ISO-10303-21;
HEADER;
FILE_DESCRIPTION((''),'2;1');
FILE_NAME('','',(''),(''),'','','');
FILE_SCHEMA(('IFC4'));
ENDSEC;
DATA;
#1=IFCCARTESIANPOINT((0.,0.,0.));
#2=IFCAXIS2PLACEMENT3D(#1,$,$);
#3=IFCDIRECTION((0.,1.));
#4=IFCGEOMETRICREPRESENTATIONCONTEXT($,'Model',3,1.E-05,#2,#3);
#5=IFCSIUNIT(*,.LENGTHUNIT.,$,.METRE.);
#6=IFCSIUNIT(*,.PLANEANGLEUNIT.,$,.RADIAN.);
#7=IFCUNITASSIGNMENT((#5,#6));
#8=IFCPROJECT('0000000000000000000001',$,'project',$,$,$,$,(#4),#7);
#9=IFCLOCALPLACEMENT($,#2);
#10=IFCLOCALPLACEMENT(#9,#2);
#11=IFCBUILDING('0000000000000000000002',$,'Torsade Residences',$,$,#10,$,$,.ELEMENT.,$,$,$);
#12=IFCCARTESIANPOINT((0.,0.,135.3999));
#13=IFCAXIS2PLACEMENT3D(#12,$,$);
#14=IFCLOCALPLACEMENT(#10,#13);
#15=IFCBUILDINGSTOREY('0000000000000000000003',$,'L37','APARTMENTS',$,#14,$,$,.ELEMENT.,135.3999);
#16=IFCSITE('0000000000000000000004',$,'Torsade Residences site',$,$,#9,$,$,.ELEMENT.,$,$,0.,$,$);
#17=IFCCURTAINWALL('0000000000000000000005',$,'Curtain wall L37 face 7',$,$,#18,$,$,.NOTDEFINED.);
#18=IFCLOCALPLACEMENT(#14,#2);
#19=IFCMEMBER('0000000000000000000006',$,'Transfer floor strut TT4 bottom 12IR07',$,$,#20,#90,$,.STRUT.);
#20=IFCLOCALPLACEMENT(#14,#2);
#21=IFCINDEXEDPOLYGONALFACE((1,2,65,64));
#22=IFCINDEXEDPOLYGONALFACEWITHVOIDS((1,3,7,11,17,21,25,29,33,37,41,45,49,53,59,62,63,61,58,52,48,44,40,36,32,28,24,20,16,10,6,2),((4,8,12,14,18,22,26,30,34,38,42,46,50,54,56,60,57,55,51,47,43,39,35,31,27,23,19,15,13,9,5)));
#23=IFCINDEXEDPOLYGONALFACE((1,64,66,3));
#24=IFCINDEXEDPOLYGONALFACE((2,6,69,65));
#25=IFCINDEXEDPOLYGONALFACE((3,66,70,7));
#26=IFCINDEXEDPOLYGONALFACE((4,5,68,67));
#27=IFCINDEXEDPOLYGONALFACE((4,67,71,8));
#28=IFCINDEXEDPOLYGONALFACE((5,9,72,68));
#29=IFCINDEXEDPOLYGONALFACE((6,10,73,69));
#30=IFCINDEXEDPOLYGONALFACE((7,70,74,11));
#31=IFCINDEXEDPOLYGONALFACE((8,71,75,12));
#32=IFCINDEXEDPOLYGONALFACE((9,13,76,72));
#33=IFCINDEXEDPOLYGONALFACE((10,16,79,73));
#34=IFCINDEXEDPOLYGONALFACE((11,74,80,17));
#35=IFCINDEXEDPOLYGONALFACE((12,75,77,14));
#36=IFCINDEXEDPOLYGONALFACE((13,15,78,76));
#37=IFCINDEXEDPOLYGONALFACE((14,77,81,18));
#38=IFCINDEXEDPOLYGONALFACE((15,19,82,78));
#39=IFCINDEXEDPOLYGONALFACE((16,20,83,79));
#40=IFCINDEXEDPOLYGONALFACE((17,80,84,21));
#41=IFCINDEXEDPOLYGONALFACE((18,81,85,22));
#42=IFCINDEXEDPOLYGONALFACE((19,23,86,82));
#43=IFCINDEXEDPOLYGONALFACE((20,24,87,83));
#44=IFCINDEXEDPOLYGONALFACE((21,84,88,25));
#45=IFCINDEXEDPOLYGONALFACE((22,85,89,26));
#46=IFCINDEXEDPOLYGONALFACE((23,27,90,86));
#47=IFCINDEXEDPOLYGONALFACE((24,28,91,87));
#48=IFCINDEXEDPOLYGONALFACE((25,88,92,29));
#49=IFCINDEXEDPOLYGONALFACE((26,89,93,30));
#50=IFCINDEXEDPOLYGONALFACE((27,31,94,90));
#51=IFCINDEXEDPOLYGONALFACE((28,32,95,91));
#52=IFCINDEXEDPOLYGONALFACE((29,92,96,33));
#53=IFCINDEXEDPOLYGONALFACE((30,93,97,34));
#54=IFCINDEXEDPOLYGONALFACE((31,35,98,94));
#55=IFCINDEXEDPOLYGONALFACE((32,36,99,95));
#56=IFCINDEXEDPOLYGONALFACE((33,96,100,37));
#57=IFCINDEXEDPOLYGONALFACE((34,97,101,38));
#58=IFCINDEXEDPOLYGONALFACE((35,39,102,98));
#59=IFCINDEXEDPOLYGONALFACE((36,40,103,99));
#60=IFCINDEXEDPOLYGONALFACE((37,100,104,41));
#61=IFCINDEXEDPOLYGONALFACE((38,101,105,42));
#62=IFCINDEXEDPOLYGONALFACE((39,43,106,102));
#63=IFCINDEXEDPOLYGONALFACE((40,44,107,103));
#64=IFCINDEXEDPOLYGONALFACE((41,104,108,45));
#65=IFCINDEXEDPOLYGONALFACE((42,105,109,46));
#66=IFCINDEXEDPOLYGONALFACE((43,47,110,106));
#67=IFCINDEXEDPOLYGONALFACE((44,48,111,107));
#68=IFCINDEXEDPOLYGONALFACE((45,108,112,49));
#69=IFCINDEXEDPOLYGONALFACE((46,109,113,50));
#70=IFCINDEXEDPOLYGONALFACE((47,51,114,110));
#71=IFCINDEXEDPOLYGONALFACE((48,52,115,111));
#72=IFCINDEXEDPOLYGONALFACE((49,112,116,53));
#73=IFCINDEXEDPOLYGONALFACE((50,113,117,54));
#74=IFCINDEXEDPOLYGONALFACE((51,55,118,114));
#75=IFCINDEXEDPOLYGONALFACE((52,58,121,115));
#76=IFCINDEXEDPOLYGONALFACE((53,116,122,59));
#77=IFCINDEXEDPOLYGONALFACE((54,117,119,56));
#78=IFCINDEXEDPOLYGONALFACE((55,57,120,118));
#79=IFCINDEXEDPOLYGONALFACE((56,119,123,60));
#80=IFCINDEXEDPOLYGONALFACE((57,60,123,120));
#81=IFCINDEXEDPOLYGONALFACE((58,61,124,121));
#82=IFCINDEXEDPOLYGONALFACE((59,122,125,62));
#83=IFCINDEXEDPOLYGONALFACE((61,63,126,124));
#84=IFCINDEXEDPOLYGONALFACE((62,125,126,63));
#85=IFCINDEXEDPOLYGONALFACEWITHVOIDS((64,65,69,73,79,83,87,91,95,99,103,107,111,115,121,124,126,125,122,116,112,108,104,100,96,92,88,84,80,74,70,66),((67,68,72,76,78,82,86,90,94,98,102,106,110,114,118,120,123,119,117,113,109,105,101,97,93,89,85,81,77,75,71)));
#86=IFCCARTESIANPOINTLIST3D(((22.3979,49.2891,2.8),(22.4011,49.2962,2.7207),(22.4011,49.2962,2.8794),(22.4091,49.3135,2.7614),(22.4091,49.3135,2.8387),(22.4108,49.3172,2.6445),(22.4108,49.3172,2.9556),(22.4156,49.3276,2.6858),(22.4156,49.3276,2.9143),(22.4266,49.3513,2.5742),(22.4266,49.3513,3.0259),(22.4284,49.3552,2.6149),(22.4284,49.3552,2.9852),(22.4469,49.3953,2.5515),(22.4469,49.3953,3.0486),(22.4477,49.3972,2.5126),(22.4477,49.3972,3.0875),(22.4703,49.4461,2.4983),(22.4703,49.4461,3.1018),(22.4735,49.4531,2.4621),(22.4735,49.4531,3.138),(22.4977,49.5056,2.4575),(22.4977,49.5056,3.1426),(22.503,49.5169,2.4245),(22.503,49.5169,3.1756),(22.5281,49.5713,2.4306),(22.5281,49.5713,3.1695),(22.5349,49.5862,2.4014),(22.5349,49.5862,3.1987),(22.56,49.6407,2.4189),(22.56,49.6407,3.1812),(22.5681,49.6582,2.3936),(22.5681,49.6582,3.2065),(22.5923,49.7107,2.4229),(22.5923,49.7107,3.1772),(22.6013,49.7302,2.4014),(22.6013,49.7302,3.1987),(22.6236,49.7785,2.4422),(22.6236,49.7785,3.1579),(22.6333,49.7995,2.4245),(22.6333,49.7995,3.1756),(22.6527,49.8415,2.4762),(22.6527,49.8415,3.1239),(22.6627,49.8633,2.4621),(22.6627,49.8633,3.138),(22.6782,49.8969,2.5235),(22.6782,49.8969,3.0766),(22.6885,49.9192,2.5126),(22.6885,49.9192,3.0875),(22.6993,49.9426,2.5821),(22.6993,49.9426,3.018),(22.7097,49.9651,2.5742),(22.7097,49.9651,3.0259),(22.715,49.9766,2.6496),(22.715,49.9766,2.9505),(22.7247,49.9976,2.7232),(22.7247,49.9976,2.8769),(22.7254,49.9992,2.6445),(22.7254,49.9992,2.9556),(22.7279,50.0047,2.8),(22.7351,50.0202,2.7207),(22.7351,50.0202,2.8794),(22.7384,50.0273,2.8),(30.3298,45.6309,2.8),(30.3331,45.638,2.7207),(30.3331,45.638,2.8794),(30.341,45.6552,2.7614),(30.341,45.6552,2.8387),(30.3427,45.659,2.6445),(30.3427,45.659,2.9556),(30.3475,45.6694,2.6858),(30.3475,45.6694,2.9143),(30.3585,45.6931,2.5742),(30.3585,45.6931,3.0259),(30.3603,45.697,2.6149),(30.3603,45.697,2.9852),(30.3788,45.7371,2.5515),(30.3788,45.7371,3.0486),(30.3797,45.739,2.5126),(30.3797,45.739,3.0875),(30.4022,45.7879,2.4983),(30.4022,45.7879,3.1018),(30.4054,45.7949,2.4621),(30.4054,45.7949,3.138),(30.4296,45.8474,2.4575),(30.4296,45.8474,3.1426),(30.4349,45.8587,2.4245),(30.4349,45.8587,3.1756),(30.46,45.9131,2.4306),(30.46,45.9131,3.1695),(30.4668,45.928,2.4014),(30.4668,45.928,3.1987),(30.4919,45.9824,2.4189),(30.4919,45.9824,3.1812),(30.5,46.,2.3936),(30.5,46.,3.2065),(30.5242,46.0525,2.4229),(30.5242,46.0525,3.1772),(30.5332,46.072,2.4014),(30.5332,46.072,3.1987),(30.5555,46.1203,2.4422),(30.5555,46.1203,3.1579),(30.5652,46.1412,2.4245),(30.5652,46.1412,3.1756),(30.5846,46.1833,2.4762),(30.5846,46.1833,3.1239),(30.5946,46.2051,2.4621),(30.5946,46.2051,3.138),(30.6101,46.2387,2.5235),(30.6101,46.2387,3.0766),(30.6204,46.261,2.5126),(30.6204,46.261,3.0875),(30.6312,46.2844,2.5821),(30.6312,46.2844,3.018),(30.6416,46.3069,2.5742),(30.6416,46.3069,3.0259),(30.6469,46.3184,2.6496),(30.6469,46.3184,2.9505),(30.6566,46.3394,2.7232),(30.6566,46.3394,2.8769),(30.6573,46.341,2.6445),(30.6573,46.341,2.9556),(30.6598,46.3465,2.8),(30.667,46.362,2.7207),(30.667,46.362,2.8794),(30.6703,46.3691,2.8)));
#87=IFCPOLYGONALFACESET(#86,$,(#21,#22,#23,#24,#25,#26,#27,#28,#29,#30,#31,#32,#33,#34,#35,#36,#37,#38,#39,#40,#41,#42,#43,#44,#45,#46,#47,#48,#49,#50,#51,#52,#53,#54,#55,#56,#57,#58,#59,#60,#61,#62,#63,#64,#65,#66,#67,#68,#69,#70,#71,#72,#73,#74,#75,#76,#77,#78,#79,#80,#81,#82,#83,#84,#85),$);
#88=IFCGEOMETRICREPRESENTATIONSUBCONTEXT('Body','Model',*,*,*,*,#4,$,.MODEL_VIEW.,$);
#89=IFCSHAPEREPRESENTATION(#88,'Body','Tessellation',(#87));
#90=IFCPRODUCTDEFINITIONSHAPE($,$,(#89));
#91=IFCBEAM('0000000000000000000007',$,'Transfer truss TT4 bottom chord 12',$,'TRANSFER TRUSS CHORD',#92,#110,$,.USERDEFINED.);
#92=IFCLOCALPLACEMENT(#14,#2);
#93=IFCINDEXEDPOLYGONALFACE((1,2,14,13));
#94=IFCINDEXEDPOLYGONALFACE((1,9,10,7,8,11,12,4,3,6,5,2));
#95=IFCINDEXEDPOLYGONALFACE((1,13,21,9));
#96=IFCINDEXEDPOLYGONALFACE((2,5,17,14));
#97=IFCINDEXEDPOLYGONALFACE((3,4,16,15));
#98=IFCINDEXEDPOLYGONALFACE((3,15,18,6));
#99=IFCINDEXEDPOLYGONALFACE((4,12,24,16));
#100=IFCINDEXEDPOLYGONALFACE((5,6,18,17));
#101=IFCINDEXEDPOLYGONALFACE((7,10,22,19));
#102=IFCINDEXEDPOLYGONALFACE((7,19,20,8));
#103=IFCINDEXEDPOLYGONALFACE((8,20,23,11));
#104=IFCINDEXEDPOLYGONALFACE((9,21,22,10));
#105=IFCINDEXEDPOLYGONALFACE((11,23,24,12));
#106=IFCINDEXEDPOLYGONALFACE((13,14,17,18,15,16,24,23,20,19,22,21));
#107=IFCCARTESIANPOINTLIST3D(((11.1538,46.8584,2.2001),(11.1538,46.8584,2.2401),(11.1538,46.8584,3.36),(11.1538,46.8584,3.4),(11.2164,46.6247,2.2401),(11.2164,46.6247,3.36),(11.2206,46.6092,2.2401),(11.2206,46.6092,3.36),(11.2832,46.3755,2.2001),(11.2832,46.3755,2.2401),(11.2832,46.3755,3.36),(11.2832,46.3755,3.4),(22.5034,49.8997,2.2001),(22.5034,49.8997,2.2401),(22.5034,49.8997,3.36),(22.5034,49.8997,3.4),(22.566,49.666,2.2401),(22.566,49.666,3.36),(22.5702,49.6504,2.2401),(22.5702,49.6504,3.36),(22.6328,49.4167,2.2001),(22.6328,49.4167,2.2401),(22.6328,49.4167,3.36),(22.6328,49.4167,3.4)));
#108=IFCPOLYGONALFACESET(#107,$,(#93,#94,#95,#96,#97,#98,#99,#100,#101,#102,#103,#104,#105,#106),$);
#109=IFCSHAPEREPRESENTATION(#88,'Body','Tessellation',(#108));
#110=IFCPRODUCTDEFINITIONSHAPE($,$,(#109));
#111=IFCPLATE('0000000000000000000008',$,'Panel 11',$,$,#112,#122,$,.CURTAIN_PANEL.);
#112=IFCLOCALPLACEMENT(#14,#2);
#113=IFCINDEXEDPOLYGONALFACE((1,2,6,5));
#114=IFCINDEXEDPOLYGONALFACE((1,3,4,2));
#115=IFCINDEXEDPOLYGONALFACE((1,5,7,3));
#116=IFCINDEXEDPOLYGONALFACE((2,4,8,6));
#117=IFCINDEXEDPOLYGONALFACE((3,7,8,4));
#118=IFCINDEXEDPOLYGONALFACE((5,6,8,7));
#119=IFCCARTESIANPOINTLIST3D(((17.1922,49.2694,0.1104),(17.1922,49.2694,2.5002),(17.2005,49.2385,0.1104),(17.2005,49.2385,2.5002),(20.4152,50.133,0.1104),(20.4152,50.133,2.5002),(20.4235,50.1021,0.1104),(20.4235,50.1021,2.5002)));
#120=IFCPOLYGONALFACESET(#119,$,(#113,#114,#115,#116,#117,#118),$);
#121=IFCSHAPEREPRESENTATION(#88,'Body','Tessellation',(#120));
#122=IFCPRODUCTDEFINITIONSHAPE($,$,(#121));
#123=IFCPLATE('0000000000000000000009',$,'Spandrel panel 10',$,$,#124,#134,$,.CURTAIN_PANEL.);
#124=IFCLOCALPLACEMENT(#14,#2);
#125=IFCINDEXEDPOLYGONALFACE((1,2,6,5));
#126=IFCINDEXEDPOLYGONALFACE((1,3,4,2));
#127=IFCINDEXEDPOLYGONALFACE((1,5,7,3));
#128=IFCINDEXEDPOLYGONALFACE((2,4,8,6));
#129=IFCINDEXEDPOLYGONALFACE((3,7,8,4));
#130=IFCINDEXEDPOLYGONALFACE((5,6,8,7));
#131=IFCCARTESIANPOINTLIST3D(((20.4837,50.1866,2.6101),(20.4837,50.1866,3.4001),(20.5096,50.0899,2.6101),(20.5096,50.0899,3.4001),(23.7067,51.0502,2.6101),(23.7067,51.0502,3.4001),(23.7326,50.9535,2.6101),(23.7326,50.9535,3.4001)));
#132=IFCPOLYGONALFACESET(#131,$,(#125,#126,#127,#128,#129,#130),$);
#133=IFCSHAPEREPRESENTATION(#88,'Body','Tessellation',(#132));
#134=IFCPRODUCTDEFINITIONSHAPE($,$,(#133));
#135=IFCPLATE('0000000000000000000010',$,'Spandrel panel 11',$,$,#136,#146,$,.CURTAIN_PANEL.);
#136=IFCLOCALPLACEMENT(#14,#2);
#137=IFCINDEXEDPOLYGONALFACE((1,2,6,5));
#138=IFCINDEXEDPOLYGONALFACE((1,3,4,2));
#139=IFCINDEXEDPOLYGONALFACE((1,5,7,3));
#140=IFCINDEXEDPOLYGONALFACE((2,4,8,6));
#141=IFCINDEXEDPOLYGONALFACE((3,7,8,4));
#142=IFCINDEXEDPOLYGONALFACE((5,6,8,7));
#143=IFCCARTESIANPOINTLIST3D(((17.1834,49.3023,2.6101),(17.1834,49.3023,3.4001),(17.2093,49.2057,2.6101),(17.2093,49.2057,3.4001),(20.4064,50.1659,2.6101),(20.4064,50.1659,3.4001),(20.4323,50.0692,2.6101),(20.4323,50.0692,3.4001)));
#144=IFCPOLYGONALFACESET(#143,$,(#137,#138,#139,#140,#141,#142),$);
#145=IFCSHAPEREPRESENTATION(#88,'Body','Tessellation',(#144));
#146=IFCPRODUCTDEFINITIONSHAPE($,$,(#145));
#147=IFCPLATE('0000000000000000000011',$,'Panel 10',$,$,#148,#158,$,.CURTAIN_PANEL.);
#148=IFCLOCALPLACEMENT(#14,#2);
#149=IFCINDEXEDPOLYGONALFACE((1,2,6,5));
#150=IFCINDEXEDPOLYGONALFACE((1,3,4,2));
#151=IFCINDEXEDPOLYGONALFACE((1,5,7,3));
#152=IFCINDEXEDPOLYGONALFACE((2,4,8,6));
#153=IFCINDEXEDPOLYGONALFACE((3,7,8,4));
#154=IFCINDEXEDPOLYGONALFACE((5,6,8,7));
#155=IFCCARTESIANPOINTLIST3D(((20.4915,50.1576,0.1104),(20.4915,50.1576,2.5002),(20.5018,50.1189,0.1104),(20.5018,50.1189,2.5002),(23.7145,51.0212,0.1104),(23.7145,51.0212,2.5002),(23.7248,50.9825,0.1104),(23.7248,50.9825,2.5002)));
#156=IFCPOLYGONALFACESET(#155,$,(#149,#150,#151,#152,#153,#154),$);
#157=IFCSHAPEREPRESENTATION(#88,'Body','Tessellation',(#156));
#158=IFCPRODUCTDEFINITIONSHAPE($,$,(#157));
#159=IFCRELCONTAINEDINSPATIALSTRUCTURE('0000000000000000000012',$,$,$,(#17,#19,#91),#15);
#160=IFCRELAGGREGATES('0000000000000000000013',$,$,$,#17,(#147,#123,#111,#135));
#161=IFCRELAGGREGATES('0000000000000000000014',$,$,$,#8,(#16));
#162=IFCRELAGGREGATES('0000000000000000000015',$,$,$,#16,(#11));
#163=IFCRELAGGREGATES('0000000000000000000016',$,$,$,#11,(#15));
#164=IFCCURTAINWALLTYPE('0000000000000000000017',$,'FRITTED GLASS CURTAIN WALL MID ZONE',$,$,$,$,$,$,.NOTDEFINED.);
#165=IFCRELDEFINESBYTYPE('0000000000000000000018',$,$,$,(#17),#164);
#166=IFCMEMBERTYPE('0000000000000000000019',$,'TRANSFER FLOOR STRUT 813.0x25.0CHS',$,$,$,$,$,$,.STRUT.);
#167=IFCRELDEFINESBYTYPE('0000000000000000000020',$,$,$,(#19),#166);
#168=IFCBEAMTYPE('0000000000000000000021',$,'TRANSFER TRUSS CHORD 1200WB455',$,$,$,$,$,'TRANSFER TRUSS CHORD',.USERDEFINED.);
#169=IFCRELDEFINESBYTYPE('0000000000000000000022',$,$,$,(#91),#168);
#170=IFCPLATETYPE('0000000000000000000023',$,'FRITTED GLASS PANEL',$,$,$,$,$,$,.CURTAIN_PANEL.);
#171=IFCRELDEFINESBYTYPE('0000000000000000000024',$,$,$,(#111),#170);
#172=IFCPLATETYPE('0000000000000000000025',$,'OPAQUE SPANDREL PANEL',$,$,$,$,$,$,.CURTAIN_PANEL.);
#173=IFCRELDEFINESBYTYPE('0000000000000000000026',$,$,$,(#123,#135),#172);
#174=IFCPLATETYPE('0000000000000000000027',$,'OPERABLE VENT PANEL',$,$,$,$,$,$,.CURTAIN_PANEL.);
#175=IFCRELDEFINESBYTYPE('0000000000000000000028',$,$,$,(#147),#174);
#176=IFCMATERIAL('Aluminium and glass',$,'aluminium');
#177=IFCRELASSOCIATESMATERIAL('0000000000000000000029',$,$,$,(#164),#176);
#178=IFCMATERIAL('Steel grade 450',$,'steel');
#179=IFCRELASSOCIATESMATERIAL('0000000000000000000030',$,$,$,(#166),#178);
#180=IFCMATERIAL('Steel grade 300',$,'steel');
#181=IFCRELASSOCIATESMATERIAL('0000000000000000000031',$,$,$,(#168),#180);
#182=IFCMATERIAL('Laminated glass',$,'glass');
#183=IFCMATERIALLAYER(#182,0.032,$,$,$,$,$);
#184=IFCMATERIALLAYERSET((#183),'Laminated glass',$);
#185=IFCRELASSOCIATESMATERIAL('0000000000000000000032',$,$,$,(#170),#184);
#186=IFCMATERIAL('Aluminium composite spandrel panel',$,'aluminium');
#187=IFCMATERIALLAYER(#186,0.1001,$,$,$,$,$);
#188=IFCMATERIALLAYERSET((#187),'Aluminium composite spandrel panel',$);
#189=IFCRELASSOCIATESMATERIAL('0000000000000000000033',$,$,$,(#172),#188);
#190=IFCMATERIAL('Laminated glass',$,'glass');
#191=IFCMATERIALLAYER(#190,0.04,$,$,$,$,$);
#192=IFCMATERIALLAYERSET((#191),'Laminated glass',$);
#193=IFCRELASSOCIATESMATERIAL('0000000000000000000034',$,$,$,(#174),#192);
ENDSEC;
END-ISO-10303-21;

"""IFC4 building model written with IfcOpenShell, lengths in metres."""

from ifc_helpers import new_model, si_unit, direction, frame, origin, origin_2d, place, context, subcontext, project, spatial, rectangle, hollow_circle, i_section, extrude, material, layer, layer_set, material_profile, profile_set, type_object, element, aggregate, save


model = new_model("IFC4")

# Units and contexts
model_context = context("Model", 3, precision=1e-05, world=origin(), true_north=direction((0.0, 1.0)))
body_context = subcontext(model_context, "Body", "Model", "MODEL_VIEW")
ifc_project = project(units=[si_unit("LENGTHUNIT", "METRE"), si_unit("PLANEANGLEUNIT", "RADIAN")], contexts=[model_context])

# Site, building, storey
site_placement = place(None, origin())
site = spatial("IfcSite", under=ifc_project, at=site_placement, Name="Torsade Residences site", CompositionType="ELEMENT", RefElevation=0.0)
building_placement = place(site_placement, origin())
building = spatial("IfcBuilding", under=site, at=building_placement, Name="Torsade Residences", CompositionType="ELEMENT")
storey_placement = place(building_placement, frame((0.0, 0.0, 135.3999)))
storey = spatial("IfcBuildingStorey", under=building, at=storey_placement, Name="L37", Description="APARTMENTS", CompositionType="ELEMENT", Elevation=135.3999)

# Curtain wall
ifc_material_1 = material(Name="Aluminium and glass", Category="aluminium")
curtain_wall_type = type_object("IfcCurtainWallType", Name="FRITTED GLASS CURTAIN WALL MID ZONE", PredefinedType="NOTDEFINED", material=ifc_material_1)
curtain_wall_placement = place(storey_placement, origin())
curtain_wall = element("IfcCurtainWall", 1, at=curtain_wall_placement, inside=storey, type_object=curtain_wall_type, Name="Curtain wall L37 face 7", PredefinedType="NOTDEFINED")

# Member
ifc_material_2 = material(Name="Steel grade 450", Category="steel")
ifc_material_profile_1 = material_profile(ifc_material_2, hollow_circle(Radius=0.4065, WallThickness=0.0249, at=origin_2d()), Name="813.0x25.0CHS")
ifc_profile_set_1 = profile_set([ifc_material_profile_1], Name="Steel grade 450")
member_type_1 = type_object("IfcMemberType", Name="TRANSFER FLOOR STRUT 813.0x25.0CHS", PredefinedType="STRUT", material=ifc_profile_set_1)
member_1_placement = place(storey_placement, frame((22.5681, 49.6582, 2.8), z_axis=(0.908076, -0.418806, 0.0), x_axis=(0.418806, 0.908076, 0.0)))
element("IfcMember", 2, at=member_1_placement, inside=storey, type_object=member_type_1, Name="Transfer floor strut TT4 bottom 12IR07", PredefinedType="STRUT", context=body_context, shape_type="SweptSolid", body=[
    extrude(hollow_circle(Radius=0.4065, WallThickness=0.0249, at=origin_2d()), origin(), (0.0, 0.0, 1.0), 8.7349),
])

# Beam
ifc_material_3 = material(Name="Steel grade 300", Category="steel")
ifc_material_profile_2 = material_profile(ifc_material_3, i_section(OverallWidth=0.5, OverallDepth=1.2, WebThickness=0.0161, FlangeThickness=0.04, at=origin_2d()), Name="1200WB455")
ifc_profile_set_2 = profile_set([ifc_material_profile_2], Name="Steel grade 300")
beam_type_1 = type_object("IfcBeamType", Name="TRANSFER TRUSS CHORD 1200WB455", ElementType="TRANSFER TRUSS CHORD", PredefinedType="USERDEFINED", material=ifc_profile_set_2)
beam_1_placement = place(storey_placement, frame((22.5681, 49.6582, 2.8), z_axis=(-0.965923, -0.25883, 0.0), x_axis=(0.25883, -0.965923, 0.0)))
element("IfcBeam", 3, at=beam_1_placement, inside=storey, type_object=beam_type_1, Name="Transfer truss TT4 bottom chord 12", ObjectType="TRANSFER TRUSS CHORD", PredefinedType="USERDEFINED", context=body_context, shape_type="SweptSolid", body=[
    extrude(i_section(OverallWidth=0.5, OverallDepth=1.2, WebThickness=0.0161, FlangeThickness=0.04, at=origin_2d()), origin(), (0.0, 0.0, 1.0), 11.75),
])

# Plates
ifc_material_4 = material(Name="Laminated glass", Category="glass")
ifc_layer_1 = layer(ifc_material_4, 0.032)
ifc_layer_set_1 = layer_set([ifc_layer_1], Name="Laminated glass")
plate_type_1 = type_object("IfcPlateType", Name="FRITTED GLASS PANEL", PredefinedType="CURTAIN_PANEL", material=ifc_layer_set_1)
plate_1_placement = place(storey_placement, frame((18.8079, 49.6858, 0.1104), z_axis=(0.0, 0.0, 1.0), x_axis=(-0.965926, -0.258819, 0.0)))
plate_1 = element("IfcPlate", 4, at=plate_1_placement, type_object=plate_type_1, Name="Panel 11", PredefinedType="CURTAIN_PANEL", context=body_context, shape_type="SweptSolid", body=[
    extrude(rectangle(XDim=3.3367, YDim=0.032, at=origin_2d()), origin(), (0.0, 0.0, 1.0), 2.3899),
])
ifc_material_5 = material(Name="Aluminium composite spandrel panel", Category="aluminium")
ifc_layer_2 = layer(ifc_material_5, 0.1001)
ifc_layer_set_2 = layer_set([ifc_layer_2], Name="Aluminium composite spandrel panel")
plate_type_2 = type_object("IfcPlateType", Name="OPAQUE SPANDREL PANEL", PredefinedType="CURTAIN_PANEL", material=ifc_layer_set_2)
plate_2_placement = place(storey_placement, frame((22.1082, 50.5701, 2.6101), z_axis=(0.0, 0.0, 1.0), x_axis=(-0.965926, -0.258819, 0.0)))
plate_2 = element("IfcPlate", 5, at=plate_2_placement, type_object=plate_type_2, Name="Spandrel panel 10", PredefinedType="CURTAIN_PANEL", context=body_context, shape_type="SweptSolid", body=[
    extrude(rectangle(XDim=3.3367, YDim=0.1001, at=origin_2d()), origin(), (0.0, 0.0, 1.0), 0.79),
])
plate_3_placement = place(storey_placement, frame((18.8079, 49.6858, 2.6101), z_axis=(0.0, 0.0, 1.0), x_axis=(-0.965926, -0.258819, 0.0)))
plate_3 = element("IfcPlate", 6, at=plate_3_placement, type_object=plate_type_2, Name="Spandrel panel 11", PredefinedType="CURTAIN_PANEL", context=body_context, shape_type="SweptSolid", body=[
    extrude(rectangle(XDim=3.3367, YDim=0.1001, at=origin_2d()), origin(), (0.0, 0.0, 1.0), 0.79),
])
ifc_material_6 = material(Name="Laminated glass", Category="glass")
ifc_layer_3 = layer(ifc_material_6, 0.04)
ifc_layer_set_3 = layer_set([ifc_layer_3], Name="Laminated glass")
plate_type_3 = type_object("IfcPlateType", Name="OPERABLE VENT PANEL", PredefinedType="CURTAIN_PANEL", material=ifc_layer_set_3)
plate_4_placement = place(storey_placement, frame((22.1082, 50.5701, 0.1104), z_axis=(0.0, 0.0, 1.0), x_axis=(-0.965926, -0.258819, 0.0)))
plate_4 = element("IfcPlate", 7, at=plate_4_placement, type_object=plate_type_3, Name="Panel 10", PredefinedType="CURTAIN_PANEL", context=body_context, shape_type="SweptSolid", body=[
    extrude(rectangle(XDim=3.3367, YDim=0.04, at=origin_2d()), origin(), (0.0, 0.0, 1.0), 2.3899),
])
aggregate(curtain_wall, [plate_4, plate_2, plate_1, plate_3])

save(model, "model.ifc")
